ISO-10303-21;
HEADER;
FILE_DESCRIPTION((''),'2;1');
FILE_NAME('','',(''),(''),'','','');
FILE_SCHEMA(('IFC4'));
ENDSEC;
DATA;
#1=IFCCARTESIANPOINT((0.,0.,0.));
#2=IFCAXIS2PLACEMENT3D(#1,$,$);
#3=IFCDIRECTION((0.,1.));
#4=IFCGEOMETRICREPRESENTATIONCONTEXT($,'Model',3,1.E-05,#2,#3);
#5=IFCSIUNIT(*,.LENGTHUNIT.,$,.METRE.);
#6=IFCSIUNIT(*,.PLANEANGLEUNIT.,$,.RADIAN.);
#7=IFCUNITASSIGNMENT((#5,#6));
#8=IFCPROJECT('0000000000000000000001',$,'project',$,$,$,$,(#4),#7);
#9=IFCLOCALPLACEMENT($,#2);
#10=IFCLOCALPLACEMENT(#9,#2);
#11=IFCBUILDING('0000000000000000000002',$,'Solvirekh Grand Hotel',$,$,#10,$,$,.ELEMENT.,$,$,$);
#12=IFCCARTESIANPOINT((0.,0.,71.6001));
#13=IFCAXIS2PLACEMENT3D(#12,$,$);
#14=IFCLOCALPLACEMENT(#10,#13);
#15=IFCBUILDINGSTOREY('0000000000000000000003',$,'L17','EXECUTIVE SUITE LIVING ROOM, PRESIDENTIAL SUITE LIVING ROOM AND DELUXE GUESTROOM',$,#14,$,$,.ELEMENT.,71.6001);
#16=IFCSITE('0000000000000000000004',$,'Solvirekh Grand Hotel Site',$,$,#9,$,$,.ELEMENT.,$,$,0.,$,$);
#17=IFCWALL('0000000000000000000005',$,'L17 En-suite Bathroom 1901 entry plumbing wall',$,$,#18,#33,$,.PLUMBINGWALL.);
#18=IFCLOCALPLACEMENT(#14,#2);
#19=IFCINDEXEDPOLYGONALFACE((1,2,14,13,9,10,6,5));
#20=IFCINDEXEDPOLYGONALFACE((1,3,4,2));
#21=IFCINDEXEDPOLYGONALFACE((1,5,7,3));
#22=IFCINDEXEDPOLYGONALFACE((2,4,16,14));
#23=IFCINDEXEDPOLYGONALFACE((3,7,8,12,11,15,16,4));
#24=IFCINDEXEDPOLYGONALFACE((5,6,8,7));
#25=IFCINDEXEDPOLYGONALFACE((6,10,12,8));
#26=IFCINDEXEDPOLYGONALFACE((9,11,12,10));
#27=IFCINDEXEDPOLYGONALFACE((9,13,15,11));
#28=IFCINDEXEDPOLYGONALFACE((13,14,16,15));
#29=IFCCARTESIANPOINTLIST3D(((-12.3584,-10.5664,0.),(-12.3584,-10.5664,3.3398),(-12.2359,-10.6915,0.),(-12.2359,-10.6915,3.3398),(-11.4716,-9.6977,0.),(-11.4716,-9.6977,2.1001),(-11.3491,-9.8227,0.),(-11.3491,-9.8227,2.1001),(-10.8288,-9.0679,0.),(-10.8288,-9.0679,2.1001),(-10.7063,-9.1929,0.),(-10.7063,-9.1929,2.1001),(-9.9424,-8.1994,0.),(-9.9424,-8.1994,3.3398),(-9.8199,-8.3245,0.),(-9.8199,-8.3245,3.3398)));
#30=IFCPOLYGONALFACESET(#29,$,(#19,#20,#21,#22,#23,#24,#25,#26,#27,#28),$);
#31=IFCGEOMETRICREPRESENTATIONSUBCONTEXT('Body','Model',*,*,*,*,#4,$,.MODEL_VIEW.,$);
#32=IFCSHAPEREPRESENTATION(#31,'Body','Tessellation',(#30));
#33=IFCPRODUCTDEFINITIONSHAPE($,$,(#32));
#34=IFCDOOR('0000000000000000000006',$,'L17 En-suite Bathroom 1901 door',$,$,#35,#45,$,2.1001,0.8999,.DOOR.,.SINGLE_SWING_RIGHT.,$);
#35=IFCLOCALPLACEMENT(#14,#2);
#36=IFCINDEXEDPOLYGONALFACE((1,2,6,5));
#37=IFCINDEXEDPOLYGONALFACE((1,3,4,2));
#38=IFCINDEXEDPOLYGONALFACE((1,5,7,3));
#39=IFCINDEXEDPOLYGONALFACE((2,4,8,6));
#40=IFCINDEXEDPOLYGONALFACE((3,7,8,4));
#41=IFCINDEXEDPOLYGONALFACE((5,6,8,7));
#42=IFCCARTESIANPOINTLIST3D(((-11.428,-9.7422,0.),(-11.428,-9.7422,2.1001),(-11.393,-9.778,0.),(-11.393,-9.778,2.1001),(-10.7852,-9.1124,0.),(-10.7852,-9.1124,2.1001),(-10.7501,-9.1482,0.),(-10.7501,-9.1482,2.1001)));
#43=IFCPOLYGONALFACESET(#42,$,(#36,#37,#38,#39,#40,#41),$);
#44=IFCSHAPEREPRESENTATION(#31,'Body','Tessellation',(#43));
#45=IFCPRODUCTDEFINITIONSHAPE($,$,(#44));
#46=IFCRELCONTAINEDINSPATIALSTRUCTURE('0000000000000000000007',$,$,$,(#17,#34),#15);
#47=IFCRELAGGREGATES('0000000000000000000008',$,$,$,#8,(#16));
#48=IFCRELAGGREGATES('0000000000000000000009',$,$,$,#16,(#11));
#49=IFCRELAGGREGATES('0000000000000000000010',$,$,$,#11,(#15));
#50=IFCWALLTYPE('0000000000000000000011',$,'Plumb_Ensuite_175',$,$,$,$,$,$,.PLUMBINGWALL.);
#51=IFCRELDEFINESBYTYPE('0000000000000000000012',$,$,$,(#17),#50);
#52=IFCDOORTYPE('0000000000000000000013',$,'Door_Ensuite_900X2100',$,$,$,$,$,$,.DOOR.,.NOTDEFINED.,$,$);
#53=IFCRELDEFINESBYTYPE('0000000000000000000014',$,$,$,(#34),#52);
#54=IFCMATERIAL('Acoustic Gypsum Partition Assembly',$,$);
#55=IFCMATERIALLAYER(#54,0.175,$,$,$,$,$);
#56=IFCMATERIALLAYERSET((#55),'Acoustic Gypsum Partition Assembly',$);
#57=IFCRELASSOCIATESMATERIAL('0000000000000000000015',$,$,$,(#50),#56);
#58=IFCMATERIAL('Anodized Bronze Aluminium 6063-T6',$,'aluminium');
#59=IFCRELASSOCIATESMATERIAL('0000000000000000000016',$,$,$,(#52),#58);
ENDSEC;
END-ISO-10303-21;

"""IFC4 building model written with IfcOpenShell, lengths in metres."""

from ifc_helpers import new_model, si_unit, direction, frame, frame_2d, origin, place, context, subcontext, project, spatial, rectangle, extrude, material, layer, layer_set, type_object, element, fill, save


model = new_model("IFC4")

# Units and contexts
model_context = context("Model", 3, precision=1e-05, world=origin(), true_north=direction((0.0, 1.0)))
body_context = subcontext(model_context, "Body", "Model", "MODEL_VIEW")
ifc_project = project(units=[si_unit("LENGTHUNIT", "METRE"), si_unit("PLANEANGLEUNIT", "RADIAN")], contexts=[model_context])

# Site, building, storey
site_placement = place(None, origin())
site = spatial("IfcSite", under=ifc_project, at=site_placement, Name="Solvirekh Grand Hotel Site", CompositionType="ELEMENT", RefElevation=0.0)
building_placement = place(site_placement, origin())
building = spatial("IfcBuilding", under=site, at=building_placement, Name="Solvirekh Grand Hotel", CompositionType="ELEMENT")
storey_placement = place(building_placement, frame((0.0, 0.0, 71.6001)))
storey = spatial("IfcBuildingStorey", under=building, at=storey_placement, Name="L17", Description="EXECUTIVE SUITE LIVING ROOM, PRESIDENTIAL SUITE LIVING ROOM AND DELUXE GUESTROOM", CompositionType="ELEMENT", Elevation=71.6001)

# Shared definitions
ifc_material_1 = material(Name="Anodized Bronze Aluminium 6063-T6", Category="aluminium")

# Shared definitions
ifc_material_2 = material(Name="Acoustic Gypsum Partition Assembly")

# Shared definitions
ifc_layer_1 = layer(ifc_material_2, 0.175)
ifc_layer_set_1 = layer_set([ifc_layer_1], Name="Acoustic Gypsum Partition Assembly")
wall_type_1 = type_object("IfcWallType", Name="Plumb_Ensuite_175", PredefinedType="PLUMBINGWALL", material=ifc_layer_set_1)

# Wall, opening, door
wall_1_placement = place(storey_placement, frame((-9.8811, -8.262, 0.0), z_axis=(0.0, 0.0, 1.0), x_axis=(-0.714324, -0.699815, 0.0)))
wall_1 = element("IfcWall", 1, at=wall_1_placement, inside=storey, type_object=wall_type_1, Name="L17 En-suite Bathroom 1901 entry plumbing wall", PredefinedType="PLUMBINGWALL", context=body_context, shape_type="SweptSolid", body=[
    extrude(rectangle(XDim=3.3823, YDim=0.175, at=frame_2d((1.6912, 0.0))), origin(), (0.0, 0.0, 1.0), 3.3398),
])
opening_1_placement = place(wall_1_placement, frame((1.241, 0.0, 0.0)))
opening_1 = element("IfcOpeningElement", 2, at=opening_1_placement, cuts=wall_1, PredefinedType="OPENING", context=body_context, shape_type="SweptSolid", body=[
    extrude(rectangle(XDim=0.8999, YDim=2.1001, at=frame_2d((0.45, 1.05))), frame((0.0, 0.0977, 0.0), z_axis=(0.0, -1.0, 0.0), x_axis=(1.0, 0.0, 0.0)), (0.0, 0.0, 1.0), 0.1951),
])
door_type_1 = type_object("IfcDoorType", Name="Door_Ensuite_900X2100", OperationType="NOTDEFINED", PredefinedType="DOOR", material=ifc_material_1)
door_1_placement = place(opening_1_placement, origin())
door_1 = element("IfcDoor", 3, at=door_1_placement, inside=storey, type_object=door_type_1, Name="L17 En-suite Bathroom 1901 door", OperationType="SINGLE_SWING_RIGHT", OverallHeight=2.1001, OverallWidth=0.8999, PredefinedType="DOOR", context=body_context, shape_type="SweptSolid", body=[
    extrude(rectangle(XDim=0.8999, YDim=2.1001, at=frame_2d((0.45, 1.05))), frame((0.0, 0.0249, 0.0), z_axis=(0.0, -1.0, 0.0), x_axis=(1.0, 0.0, 0.0)), (0.0, 0.0, 1.0), 0.05),
])
fill(opening_1, door_1)

save(model, "model.ifc")
